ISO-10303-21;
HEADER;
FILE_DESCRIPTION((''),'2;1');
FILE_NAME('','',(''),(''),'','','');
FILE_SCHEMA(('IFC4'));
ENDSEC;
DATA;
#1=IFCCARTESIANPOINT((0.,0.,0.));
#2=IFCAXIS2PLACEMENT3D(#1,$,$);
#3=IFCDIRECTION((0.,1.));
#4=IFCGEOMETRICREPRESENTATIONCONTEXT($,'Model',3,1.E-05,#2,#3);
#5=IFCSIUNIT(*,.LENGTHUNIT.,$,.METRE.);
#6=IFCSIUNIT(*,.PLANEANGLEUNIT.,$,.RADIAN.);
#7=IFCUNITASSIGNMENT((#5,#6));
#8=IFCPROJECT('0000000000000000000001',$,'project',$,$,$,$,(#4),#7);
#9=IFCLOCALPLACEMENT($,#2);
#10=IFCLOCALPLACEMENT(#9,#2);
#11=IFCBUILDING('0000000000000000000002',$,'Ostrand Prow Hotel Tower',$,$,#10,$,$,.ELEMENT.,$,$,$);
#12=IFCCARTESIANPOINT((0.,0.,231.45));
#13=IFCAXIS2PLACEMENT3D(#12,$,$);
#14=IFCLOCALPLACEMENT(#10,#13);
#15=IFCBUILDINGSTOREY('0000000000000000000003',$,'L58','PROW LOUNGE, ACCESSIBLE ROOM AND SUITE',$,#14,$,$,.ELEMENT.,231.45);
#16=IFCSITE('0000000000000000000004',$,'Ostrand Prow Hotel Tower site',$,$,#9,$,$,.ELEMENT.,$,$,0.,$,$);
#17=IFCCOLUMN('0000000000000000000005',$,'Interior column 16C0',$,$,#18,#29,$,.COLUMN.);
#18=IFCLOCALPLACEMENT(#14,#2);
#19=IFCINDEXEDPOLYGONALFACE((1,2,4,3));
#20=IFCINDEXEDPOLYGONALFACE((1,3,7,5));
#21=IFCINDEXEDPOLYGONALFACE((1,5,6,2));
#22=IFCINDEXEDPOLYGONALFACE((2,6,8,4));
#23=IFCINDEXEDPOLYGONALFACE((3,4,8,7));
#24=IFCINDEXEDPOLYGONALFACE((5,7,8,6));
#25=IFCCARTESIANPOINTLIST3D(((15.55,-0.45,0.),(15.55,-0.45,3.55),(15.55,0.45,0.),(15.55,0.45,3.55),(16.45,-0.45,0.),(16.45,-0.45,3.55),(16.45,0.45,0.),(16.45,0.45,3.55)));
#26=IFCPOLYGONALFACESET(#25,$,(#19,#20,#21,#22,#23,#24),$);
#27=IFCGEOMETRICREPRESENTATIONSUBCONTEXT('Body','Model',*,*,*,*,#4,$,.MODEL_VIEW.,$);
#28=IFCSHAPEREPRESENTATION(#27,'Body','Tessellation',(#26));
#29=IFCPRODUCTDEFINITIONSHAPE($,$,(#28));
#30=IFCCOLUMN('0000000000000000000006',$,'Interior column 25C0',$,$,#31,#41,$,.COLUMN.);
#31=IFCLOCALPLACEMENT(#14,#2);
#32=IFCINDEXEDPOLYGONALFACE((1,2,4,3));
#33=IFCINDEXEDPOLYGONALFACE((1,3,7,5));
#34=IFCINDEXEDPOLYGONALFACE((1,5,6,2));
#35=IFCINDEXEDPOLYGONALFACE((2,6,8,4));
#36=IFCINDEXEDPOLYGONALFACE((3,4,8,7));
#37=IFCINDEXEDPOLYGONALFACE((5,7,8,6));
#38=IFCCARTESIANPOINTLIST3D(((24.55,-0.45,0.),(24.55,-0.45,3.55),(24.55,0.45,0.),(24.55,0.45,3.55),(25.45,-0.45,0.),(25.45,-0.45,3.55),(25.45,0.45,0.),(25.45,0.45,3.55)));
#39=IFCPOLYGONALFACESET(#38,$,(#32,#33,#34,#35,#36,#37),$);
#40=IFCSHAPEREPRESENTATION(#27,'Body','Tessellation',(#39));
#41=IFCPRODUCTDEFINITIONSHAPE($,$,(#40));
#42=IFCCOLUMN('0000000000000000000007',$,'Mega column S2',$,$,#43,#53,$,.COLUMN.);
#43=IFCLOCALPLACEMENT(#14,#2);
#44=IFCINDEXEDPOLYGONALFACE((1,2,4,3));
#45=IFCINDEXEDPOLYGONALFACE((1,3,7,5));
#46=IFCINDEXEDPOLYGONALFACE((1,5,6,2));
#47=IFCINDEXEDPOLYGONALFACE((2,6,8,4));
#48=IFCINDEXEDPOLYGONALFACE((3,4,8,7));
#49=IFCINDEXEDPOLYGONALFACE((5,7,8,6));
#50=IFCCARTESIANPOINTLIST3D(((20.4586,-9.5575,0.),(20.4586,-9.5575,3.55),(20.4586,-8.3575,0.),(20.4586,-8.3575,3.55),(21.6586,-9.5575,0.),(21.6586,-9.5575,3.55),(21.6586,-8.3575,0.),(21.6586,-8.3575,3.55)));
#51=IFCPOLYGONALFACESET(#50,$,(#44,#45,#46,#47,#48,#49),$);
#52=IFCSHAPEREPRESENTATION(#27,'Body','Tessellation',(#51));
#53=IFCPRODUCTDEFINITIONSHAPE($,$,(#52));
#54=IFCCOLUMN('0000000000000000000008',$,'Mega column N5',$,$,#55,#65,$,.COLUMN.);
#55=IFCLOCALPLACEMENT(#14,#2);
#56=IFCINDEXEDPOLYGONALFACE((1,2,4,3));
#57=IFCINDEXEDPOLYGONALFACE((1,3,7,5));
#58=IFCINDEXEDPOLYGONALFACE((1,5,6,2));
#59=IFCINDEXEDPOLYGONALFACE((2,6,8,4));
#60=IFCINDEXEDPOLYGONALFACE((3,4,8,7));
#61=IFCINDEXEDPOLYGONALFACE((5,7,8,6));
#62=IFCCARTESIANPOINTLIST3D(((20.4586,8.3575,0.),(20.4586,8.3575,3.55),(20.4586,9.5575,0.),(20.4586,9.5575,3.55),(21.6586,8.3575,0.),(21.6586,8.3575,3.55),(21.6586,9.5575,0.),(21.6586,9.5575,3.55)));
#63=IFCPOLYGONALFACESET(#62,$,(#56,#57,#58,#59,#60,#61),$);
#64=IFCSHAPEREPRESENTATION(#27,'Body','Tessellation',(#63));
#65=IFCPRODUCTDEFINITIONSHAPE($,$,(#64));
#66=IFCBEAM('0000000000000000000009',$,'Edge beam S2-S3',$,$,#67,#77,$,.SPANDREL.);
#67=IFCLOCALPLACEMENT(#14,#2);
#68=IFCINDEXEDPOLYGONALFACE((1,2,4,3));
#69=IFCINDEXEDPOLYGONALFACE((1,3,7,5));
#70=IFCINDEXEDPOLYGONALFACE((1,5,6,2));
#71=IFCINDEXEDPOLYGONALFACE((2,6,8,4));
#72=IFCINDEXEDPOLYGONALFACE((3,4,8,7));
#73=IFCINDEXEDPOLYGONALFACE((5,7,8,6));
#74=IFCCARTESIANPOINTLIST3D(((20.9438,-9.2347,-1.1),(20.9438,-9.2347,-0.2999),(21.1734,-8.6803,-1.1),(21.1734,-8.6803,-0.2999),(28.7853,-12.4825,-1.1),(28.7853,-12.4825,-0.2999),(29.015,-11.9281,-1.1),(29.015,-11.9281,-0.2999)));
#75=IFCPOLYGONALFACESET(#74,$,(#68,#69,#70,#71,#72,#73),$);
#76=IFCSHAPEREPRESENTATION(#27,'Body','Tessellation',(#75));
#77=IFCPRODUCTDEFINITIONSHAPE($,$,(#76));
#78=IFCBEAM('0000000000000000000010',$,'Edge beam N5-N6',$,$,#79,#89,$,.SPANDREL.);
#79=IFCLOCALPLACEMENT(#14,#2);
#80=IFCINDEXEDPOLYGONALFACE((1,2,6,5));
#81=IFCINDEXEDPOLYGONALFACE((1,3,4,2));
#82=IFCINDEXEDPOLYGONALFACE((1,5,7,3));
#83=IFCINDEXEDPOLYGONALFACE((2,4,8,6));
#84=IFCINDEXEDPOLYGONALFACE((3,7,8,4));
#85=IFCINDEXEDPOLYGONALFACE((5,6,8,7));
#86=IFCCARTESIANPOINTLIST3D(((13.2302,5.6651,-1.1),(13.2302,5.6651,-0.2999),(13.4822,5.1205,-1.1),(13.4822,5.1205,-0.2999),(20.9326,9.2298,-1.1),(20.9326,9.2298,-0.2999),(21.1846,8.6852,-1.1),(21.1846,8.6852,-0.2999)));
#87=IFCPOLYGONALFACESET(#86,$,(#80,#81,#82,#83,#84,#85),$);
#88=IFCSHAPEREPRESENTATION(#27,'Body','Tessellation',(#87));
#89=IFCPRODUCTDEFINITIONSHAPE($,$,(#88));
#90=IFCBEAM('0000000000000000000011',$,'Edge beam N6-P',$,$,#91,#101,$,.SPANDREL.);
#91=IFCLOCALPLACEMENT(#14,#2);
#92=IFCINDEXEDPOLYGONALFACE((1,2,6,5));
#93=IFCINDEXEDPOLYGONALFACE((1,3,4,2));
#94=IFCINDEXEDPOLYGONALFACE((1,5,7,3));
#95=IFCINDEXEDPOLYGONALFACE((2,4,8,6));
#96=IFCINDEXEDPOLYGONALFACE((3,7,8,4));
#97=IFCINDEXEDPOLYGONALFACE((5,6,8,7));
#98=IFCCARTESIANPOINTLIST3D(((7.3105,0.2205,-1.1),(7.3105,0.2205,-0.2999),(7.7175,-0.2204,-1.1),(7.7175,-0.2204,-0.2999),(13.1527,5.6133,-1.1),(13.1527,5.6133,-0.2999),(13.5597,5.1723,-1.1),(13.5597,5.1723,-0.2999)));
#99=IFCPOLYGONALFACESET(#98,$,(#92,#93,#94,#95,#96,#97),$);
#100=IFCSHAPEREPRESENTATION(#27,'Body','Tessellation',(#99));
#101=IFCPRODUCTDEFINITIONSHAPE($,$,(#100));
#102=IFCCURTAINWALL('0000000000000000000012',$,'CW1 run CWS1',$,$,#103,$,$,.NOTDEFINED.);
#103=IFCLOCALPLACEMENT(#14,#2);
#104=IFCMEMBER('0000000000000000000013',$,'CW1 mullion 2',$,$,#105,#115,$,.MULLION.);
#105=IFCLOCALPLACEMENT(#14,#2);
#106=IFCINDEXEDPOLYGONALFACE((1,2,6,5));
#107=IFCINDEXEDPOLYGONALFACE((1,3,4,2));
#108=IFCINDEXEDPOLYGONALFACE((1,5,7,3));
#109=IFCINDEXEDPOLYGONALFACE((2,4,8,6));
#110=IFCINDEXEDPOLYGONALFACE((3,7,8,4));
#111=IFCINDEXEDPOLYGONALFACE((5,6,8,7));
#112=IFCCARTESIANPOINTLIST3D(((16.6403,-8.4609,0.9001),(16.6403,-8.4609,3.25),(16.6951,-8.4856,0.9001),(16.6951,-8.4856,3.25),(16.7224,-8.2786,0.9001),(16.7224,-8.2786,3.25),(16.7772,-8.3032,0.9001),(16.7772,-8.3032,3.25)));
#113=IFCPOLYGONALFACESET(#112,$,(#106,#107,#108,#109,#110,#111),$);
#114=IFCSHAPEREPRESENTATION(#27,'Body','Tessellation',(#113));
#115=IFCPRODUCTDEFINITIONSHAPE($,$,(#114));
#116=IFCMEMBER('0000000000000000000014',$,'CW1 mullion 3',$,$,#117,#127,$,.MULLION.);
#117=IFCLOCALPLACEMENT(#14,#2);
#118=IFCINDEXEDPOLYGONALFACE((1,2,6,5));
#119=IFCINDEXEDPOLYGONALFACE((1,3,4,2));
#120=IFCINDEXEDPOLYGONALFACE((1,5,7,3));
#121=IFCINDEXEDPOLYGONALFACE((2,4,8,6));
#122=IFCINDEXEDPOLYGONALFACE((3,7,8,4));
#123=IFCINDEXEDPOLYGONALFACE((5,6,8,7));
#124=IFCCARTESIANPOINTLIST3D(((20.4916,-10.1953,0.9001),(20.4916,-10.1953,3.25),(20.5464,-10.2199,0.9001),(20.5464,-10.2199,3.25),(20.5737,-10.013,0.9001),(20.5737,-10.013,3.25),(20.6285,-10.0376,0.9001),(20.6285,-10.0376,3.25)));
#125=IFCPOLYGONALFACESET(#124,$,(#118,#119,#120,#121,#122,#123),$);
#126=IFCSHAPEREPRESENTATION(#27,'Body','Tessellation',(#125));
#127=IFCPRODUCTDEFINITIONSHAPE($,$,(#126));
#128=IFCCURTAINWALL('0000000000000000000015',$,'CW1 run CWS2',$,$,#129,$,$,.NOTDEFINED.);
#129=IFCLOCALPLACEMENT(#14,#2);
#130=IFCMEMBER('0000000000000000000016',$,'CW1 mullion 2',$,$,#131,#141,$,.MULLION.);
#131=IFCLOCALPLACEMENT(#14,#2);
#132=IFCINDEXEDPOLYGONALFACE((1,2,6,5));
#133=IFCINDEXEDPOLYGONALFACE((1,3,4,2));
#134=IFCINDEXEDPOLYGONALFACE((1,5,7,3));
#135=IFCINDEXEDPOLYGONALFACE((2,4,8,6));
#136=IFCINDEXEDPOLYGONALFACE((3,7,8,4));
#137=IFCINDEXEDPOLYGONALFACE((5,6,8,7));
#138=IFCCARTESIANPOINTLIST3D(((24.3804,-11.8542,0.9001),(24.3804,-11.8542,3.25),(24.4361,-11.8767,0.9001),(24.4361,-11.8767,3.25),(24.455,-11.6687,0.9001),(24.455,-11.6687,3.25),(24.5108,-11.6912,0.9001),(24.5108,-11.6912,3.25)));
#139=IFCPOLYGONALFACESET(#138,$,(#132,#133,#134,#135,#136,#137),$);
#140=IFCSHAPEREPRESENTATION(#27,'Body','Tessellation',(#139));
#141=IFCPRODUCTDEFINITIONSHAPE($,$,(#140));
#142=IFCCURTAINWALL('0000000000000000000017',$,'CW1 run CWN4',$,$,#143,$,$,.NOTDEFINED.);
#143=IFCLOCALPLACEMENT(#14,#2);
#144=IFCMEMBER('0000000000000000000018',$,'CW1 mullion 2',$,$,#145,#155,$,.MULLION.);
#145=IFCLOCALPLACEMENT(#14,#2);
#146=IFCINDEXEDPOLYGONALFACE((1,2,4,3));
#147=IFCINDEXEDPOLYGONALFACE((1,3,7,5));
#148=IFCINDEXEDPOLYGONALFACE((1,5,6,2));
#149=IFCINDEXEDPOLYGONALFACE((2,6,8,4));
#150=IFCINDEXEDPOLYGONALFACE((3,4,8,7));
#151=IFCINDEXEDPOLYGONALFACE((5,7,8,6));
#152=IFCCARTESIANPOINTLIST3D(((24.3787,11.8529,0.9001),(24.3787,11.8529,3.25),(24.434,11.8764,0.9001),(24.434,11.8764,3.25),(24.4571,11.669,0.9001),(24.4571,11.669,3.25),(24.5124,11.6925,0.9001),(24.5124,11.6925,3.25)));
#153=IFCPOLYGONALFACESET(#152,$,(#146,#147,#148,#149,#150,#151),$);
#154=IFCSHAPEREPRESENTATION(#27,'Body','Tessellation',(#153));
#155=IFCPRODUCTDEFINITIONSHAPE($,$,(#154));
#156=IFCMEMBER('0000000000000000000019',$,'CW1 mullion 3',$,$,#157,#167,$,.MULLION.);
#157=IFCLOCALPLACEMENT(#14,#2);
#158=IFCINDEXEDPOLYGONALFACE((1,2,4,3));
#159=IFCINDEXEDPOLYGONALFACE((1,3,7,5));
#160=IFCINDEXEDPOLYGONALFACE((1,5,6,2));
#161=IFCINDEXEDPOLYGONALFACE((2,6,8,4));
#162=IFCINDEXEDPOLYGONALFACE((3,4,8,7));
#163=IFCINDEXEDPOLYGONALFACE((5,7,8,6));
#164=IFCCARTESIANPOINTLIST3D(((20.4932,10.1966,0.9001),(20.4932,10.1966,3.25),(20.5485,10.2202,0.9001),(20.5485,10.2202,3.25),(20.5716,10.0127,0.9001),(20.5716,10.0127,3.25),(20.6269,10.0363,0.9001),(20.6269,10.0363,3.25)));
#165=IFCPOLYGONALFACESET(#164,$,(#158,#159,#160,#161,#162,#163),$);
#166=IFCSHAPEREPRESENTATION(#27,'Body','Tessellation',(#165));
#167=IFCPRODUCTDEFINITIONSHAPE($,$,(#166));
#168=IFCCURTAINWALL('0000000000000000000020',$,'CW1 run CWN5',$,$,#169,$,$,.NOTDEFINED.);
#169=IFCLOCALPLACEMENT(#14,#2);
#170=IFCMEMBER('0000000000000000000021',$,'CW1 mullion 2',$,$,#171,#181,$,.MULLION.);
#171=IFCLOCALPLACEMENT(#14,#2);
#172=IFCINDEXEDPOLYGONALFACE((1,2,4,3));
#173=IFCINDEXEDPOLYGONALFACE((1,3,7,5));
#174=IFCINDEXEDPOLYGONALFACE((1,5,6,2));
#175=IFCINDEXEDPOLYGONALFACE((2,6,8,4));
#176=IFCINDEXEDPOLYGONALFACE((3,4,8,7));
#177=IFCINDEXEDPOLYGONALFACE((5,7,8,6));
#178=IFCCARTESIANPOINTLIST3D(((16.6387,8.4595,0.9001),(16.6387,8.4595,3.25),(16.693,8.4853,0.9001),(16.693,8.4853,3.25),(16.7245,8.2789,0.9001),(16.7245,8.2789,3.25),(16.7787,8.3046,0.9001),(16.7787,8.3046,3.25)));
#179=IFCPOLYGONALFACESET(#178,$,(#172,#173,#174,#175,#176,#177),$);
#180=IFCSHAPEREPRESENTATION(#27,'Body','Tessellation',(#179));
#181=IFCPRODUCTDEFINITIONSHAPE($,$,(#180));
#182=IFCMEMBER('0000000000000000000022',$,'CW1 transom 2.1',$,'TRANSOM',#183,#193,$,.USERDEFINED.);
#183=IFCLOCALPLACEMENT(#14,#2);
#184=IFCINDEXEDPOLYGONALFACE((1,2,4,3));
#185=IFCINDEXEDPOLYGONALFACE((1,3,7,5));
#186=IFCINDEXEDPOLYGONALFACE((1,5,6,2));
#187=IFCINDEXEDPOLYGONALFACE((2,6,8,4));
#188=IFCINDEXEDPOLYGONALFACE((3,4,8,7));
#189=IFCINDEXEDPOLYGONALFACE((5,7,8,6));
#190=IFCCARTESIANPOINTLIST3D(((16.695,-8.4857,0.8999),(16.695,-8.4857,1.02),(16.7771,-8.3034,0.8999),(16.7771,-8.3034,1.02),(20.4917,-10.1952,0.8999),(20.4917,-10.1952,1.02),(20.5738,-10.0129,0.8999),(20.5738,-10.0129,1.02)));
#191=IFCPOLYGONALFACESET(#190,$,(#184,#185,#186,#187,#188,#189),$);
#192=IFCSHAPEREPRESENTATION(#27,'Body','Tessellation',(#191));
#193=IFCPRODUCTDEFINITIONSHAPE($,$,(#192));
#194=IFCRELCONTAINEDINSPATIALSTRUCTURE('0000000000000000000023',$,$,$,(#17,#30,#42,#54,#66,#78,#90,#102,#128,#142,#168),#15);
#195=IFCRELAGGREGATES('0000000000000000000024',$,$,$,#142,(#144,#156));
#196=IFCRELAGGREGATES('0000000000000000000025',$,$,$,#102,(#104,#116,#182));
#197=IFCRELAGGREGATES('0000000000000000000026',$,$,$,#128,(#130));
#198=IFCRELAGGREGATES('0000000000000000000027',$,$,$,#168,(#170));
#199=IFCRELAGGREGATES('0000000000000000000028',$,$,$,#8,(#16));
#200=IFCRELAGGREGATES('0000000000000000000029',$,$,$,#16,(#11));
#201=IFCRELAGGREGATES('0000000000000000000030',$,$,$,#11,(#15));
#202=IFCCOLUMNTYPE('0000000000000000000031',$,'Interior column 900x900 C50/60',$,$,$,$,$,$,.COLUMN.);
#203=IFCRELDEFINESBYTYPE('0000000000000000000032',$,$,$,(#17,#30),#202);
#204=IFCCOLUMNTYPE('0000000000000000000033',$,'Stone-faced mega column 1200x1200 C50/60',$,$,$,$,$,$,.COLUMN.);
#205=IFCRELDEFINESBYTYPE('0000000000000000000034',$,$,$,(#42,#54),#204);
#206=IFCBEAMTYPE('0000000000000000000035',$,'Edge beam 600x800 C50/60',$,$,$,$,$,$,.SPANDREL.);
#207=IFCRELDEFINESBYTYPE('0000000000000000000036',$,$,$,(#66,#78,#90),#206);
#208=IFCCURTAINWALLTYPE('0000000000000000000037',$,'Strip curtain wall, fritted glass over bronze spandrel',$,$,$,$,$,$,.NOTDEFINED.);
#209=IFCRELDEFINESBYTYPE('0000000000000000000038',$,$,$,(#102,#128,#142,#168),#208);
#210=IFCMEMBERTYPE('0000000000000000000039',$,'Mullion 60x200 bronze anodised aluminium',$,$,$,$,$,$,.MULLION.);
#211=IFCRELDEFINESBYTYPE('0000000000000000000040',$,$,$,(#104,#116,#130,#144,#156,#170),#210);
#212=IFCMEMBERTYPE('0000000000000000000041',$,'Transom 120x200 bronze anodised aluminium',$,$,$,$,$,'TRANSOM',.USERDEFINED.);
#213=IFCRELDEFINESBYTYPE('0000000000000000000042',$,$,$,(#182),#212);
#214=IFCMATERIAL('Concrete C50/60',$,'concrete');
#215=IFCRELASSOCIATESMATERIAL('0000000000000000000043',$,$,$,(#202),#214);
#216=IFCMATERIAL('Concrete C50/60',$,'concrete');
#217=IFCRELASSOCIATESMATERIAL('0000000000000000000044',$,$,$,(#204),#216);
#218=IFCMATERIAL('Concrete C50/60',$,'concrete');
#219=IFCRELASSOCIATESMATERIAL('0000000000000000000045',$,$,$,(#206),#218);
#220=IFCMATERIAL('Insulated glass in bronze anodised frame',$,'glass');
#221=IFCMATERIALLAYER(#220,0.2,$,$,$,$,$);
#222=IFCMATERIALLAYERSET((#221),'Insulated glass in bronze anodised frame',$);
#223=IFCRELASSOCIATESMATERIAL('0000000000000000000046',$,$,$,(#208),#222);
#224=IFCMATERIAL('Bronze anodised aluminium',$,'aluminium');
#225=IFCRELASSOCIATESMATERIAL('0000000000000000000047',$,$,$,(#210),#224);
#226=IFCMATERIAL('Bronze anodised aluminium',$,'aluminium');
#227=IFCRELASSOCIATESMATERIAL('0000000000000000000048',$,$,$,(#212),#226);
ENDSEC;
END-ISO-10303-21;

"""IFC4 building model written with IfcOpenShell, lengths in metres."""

from ifc_helpers import new_model, si_unit, direction, frame, origin, origin_2d, place, context, subcontext, project, spatial, rectangle, extrude, material, layer, layer_set, material_profile, profile_set, type_object, element, aggregate, save


model = new_model("IFC4")

# Units and contexts
model_context = context("Model", 3, precision=1e-05, world=origin(), true_north=direction((0.0, 1.0)))
body_context = subcontext(model_context, "Body", "Model", "MODEL_VIEW")
ifc_project = project(units=[si_unit("LENGTHUNIT", "METRE"), si_unit("PLANEANGLEUNIT", "RADIAN")], contexts=[model_context])

# Site, building, storey
site_placement = place(None, origin())
site = spatial("IfcSite", under=ifc_project, at=site_placement, Name="Ostrand Prow Hotel Tower site", CompositionType="ELEMENT", RefElevation=0.0)
building_placement = place(site_placement, origin())
building = spatial("IfcBuilding", under=site, at=building_placement, Name="Ostrand Prow Hotel Tower", CompositionType="ELEMENT")
storey_placement = place(building_placement, frame((0.0, 0.0, 231.45)))
storey = spatial("IfcBuildingStorey", under=building, at=storey_placement, Name="L58", Description="PROW LOUNGE, ACCESSIBLE ROOM AND SUITE", CompositionType="ELEMENT", Elevation=231.45)

# Columns
ifc_material_1 = material(Name="Concrete C50/60", Category="concrete")
ifc_material_profile_1 = material_profile(ifc_material_1, rectangle(XDim=0.8999, YDim=0.8999, at=origin_2d()), Name="RC 900x900")
ifc_profile_set_1 = profile_set([ifc_material_profile_1], Name="Concrete C50/60")
column_type_1 = type_object("IfcColumnType", Name="Interior column 900x900 C50/60", PredefinedType="COLUMN", material=ifc_profile_set_1)
for number, where, z_axis, x_axis, name in (
    (1, (16.0, 0.0, 0.0), (0.0, 0.0, 1.0), (1.0, 0.0, 0.0), "Interior column 16C0"),
    (2, (25.0, 0.0, 0.0), (0.0, 0.0, 1.0), (1.0, 0.0, 0.0), "Interior column 25C0"),
):
    element("IfcColumn", number, at=place(storey_placement, frame(where, z_axis=z_axis, x_axis=x_axis)), inside=storey, type_object=column_type_1, Name=name, PredefinedType="COLUMN", context=body_context, shape_type="SweptSolid", body=[
        extrude(rectangle(XDim=0.8999, YDim=0.8999, at=origin_2d()), origin(), (0.0, 0.0, 1.0), 3.55),
    ])
ifc_material_2 = material(Name="Concrete C50/60", Category="concrete")
ifc_material_profile_2 = material_profile(ifc_material_2, rectangle(XDim=1.2, YDim=1.2, at=origin_2d()), Name="RC 1200x1200")
ifc_profile_set_2 = profile_set([ifc_material_profile_2], Name="Concrete C50/60")
column_type_2 = type_object("IfcColumnType", Name="Stone-faced mega column 1200x1200 C50/60", PredefinedType="COLUMN", material=ifc_profile_set_2)
for number, where, z_axis, x_axis, name in (
    (3, (21.0586, -8.9575, 0.0), (0.0, 0.0, 1.0), (1.0, 0.0, 0.0), "Mega column S2"),
    (4, (21.0586, 8.9575, 0.0), (0.0, 0.0, 1.0), (1.0, 0.0, 0.0), "Mega column N5"),
):
    element("IfcColumn", number, at=place(storey_placement, frame(where, z_axis=z_axis, x_axis=x_axis)), inside=storey, type_object=column_type_2, Name=name, PredefinedType="COLUMN", context=body_context, shape_type="SweptSolid", body=[
        extrude(rectangle(XDim=1.2, YDim=1.2, at=origin_2d()), origin(), (0.0, 0.0, 1.0), 3.55),
    ])

# Beams
ifc_material_3 = material(Name="Concrete C50/60", Category="concrete")
ifc_material_profile_3 = material_profile(ifc_material_3, rectangle(XDim=0.6001, YDim=0.8, at=origin_2d()), Name="RC 600x800")
ifc_profile_set_3 = profile_set([ifc_material_profile_3], Name="Concrete C50/60")
beam_type = type_object("IfcBeamType", Name="Edge beam 600x800 C50/60", PredefinedType="SPANDREL", material=ifc_profile_set_3)
beam_1_placement = place(storey_placement, frame((21.0586, -8.9575, -0.7), z_axis=(0.923891, -0.382656, 0.0), x_axis=(0.382656, 0.923891, 0.0)))
element("IfcBeam", 5, at=beam_1_placement, inside=storey, type_object=beam_type, Name="Edge beam S2-S3", PredefinedType="SPANDREL", context=body_context, shape_type="SweptSolid", body=[
    extrude(rectangle(XDim=0.6001, YDim=0.8, at=origin_2d()), origin(), (0.0, 0.0, 1.0), 8.4875),
])
beam_2_placement = place(storey_placement, frame((21.0586, 8.9575, -0.7), z_axis=(-0.907522, -0.420005, 0.0), x_axis=(0.420005, -0.907522, 0.0)))
element("IfcBeam", 6, at=beam_2_placement, inside=storey, type_object=beam_type, Name="Edge beam N5-N6", PredefinedType="SPANDREL", context=body_context, shape_type="SweptSolid", body=[
    extrude(rectangle(XDim=0.6001, YDim=0.8, at=origin_2d()), origin(), (0.0, 0.0, 1.0), 8.4873),
])
beam_3_placement = place(storey_placement, frame((13.3562, 5.3928, -0.7), z_axis=(-0.734807, -0.678276, 0.0), x_axis=(0.678276, -0.734807, 0.0)))
element("IfcBeam", 7, at=beam_3_placement, inside=storey, type_object=beam_type, Name="Edge beam N6-P", PredefinedType="SPANDREL", context=body_context, shape_type="SweptSolid", body=[
    extrude(rectangle(XDim=0.6001, YDim=0.8, at=origin_2d()), origin(), (0.0, 0.0, 1.0), 7.9507),
])

# Curtain wall, members
ifc_material_4 = material(Name="Insulated glass in bronze anodised frame", Category="glass")
ifc_layer_1 = layer(ifc_material_4, 0.2)
ifc_layer_set_1 = layer_set([ifc_layer_1], Name="Insulated glass in bronze anodised frame")
curtain_wall_type = type_object("IfcCurtainWallType", Name="Strip curtain wall, fritted glass over bronze spandrel", PredefinedType="NOTDEFINED", material=ifc_layer_set_1)
curtain_wall_1_placement = place(storey_placement, origin())
curtain_wall_1 = element("IfcCurtainWall", 8, at=curtain_wall_1_placement, inside=storey, type_object=curtain_wall_type, Name="CW1 run CWS1", PredefinedType="NOTDEFINED")
ifc_material_5 = material(Name="Bronze anodised aluminium", Category="aluminium")
ifc_material_profile_4 = material_profile(ifc_material_5, rectangle(XDim=0.2, YDim=0.0601, at=origin_2d()), Name="Mullion 60x200 bronze anodised aluminium")
ifc_profile_set_4 = profile_set([ifc_material_profile_4], Name="Bronze anodised aluminium")
member_type_1 = type_object("IfcMemberType", Name="Mullion 60x200 bronze anodised aluminium", PredefinedType="MULLION", material=ifc_profile_set_4)
member_1_placement = place(storey_placement, frame((16.7087, -8.3821, 0.9001), z_axis=(0.0, 0.0, 1.0), x_axis=(0.410582, 0.911824, 0.0)))
member_1 = element("IfcMember", 9, at=member_1_placement, type_object=member_type_1, Name="CW1 mullion 2", PredefinedType="MULLION", context=body_context, shape_type="SweptSolid", body=[
    extrude(rectangle(XDim=0.2, YDim=0.0601, at=origin_2d()), origin(), (0.0, 0.0, 1.0), 2.3499),
])
member_2_placement = place(storey_placement, frame((20.5601, -10.1165, 0.9001), z_axis=(0.0, 0.0, 1.0), x_axis=(0.410582, 0.911824, 0.0)))
member_2 = element("IfcMember", 10, at=member_2_placement, type_object=member_type_1, Name="CW1 mullion 3", PredefinedType="MULLION", context=body_context, shape_type="SweptSolid", body=[
    extrude(rectangle(XDim=0.2, YDim=0.0601, at=origin_2d()), origin(), (0.0, 0.0, 1.0), 2.3499),
])

# Curtain wall, member
curtain_wall_2_placement = place(storey_placement, origin())
curtain_wall_2 = element("IfcCurtainWall", 11, at=curtain_wall_2_placement, inside=storey, type_object=curtain_wall_type, Name="CW1 run CWS2", PredefinedType="NOTDEFINED")
member_3_placement = place(storey_placement, frame((24.4456, -11.7727, 0.9001), z_axis=(0.0, 0.0, 1.0), x_axis=(0.373533, 0.927617, 0.0)))
member_3 = element("IfcMember", 12, at=member_3_placement, type_object=member_type_1, Name="CW1 mullion 2", PredefinedType="MULLION", context=body_context, shape_type="SweptSolid", body=[
    extrude(rectangle(XDim=0.2, YDim=0.0601, at=origin_2d()), origin(), (0.0, 0.0, 1.0), 2.3499),
])

# Curtain wall, members
curtain_wall_3_placement = place(storey_placement, origin())
curtain_wall_3 = element("IfcCurtainWall", 13, at=curtain_wall_3_placement, inside=storey, type_object=curtain_wall_type, Name="CW1 run CWN4", PredefinedType="NOTDEFINED")
member_4_placement = place(storey_placement, frame((24.4456, 11.7727, 0.9001), z_axis=(0.0, 0.0, 1.0), x_axis=(0.392136, -0.919907, 0.0)))
member_4 = element("IfcMember", 14, at=member_4_placement, type_object=member_type_1, Name="CW1 mullion 2", PredefinedType="MULLION", context=body_context, shape_type="SweptSolid", body=[
    extrude(rectangle(XDim=0.2, YDim=0.0601, at=origin_2d()), origin(), (0.0, 0.0, 1.0), 2.3499),
])
member_5_placement = place(storey_placement, frame((20.5601, 10.1165, 0.9001), z_axis=(0.0, 0.0, 1.0), x_axis=(0.392136, -0.919907, 0.0)))
member_5 = element("IfcMember", 15, at=member_5_placement, type_object=member_type_1, Name="CW1 mullion 3", PredefinedType="MULLION", context=body_context, shape_type="SweptSolid", body=[
    extrude(rectangle(XDim=0.2, YDim=0.0601, at=origin_2d()), origin(), (0.0, 0.0, 1.0), 2.3499),
])

# Curtain wall, member
curtain_wall_4_placement = place(storey_placement, origin())
curtain_wall_4 = element("IfcCurtainWall", 16, at=curtain_wall_4_placement, inside=storey, type_object=curtain_wall_type, Name="CW1 run CWN5", PredefinedType="NOTDEFINED")
member_6_placement = place(storey_placement, frame((16.7087, 8.3821, 0.9001), z_axis=(0.0, 0.0, 1.0), x_axis=(0.428861, -0.90337, 0.0)))
member_6 = element("IfcMember", 17, at=member_6_placement, type_object=member_type_1, Name="CW1 mullion 2", PredefinedType="MULLION", context=body_context, shape_type="SweptSolid", body=[
    extrude(rectangle(XDim=0.2, YDim=0.0601, at=origin_2d()), origin(), (0.0, 0.0, 1.0), 2.3499),
])

# Member
ifc_material_6 = material(Name="Bronze anodised aluminium", Category="aluminium")
ifc_material_profile_5 = material_profile(ifc_material_6, rectangle(XDim=0.2, YDim=0.1201, at=origin_2d()), Name="Transom 120x200 bronze anodised aluminium")
ifc_profile_set_5 = profile_set([ifc_material_profile_5], Name="Bronze anodised aluminium")
member_type_2 = type_object("IfcMemberType", Name="Transom 120x200 bronze anodised aluminium", ElementType="TRANSOM", PredefinedType="USERDEFINED", material=ifc_profile_set_5)
member_7_placement = place(storey_placement, frame((16.7361, -8.3945, 0.96), z_axis=(0.911833, -0.410562, 0.0), x_axis=(0.410562, 0.911833, 0.0)))
member_7 = element("IfcMember", 18, at=member_7_placement, type_object=member_type_2, Name="CW1 transom 2.1", ObjectType="TRANSOM", PredefinedType="USERDEFINED", context=body_context, shape_type="SweptSolid", body=[
    extrude(rectangle(XDim=0.2, YDim=0.1201, at=origin_2d()), origin(), (0.0, 0.0, 1.0), 4.1638),
])

aggregate(curtain_wall_3, [member_4, member_5])
aggregate(curtain_wall_1, [member_1, member_2, member_7])
aggregate(curtain_wall_2, [member_3])
aggregate(curtain_wall_4, [member_6])

save(model, "model.ifc")
